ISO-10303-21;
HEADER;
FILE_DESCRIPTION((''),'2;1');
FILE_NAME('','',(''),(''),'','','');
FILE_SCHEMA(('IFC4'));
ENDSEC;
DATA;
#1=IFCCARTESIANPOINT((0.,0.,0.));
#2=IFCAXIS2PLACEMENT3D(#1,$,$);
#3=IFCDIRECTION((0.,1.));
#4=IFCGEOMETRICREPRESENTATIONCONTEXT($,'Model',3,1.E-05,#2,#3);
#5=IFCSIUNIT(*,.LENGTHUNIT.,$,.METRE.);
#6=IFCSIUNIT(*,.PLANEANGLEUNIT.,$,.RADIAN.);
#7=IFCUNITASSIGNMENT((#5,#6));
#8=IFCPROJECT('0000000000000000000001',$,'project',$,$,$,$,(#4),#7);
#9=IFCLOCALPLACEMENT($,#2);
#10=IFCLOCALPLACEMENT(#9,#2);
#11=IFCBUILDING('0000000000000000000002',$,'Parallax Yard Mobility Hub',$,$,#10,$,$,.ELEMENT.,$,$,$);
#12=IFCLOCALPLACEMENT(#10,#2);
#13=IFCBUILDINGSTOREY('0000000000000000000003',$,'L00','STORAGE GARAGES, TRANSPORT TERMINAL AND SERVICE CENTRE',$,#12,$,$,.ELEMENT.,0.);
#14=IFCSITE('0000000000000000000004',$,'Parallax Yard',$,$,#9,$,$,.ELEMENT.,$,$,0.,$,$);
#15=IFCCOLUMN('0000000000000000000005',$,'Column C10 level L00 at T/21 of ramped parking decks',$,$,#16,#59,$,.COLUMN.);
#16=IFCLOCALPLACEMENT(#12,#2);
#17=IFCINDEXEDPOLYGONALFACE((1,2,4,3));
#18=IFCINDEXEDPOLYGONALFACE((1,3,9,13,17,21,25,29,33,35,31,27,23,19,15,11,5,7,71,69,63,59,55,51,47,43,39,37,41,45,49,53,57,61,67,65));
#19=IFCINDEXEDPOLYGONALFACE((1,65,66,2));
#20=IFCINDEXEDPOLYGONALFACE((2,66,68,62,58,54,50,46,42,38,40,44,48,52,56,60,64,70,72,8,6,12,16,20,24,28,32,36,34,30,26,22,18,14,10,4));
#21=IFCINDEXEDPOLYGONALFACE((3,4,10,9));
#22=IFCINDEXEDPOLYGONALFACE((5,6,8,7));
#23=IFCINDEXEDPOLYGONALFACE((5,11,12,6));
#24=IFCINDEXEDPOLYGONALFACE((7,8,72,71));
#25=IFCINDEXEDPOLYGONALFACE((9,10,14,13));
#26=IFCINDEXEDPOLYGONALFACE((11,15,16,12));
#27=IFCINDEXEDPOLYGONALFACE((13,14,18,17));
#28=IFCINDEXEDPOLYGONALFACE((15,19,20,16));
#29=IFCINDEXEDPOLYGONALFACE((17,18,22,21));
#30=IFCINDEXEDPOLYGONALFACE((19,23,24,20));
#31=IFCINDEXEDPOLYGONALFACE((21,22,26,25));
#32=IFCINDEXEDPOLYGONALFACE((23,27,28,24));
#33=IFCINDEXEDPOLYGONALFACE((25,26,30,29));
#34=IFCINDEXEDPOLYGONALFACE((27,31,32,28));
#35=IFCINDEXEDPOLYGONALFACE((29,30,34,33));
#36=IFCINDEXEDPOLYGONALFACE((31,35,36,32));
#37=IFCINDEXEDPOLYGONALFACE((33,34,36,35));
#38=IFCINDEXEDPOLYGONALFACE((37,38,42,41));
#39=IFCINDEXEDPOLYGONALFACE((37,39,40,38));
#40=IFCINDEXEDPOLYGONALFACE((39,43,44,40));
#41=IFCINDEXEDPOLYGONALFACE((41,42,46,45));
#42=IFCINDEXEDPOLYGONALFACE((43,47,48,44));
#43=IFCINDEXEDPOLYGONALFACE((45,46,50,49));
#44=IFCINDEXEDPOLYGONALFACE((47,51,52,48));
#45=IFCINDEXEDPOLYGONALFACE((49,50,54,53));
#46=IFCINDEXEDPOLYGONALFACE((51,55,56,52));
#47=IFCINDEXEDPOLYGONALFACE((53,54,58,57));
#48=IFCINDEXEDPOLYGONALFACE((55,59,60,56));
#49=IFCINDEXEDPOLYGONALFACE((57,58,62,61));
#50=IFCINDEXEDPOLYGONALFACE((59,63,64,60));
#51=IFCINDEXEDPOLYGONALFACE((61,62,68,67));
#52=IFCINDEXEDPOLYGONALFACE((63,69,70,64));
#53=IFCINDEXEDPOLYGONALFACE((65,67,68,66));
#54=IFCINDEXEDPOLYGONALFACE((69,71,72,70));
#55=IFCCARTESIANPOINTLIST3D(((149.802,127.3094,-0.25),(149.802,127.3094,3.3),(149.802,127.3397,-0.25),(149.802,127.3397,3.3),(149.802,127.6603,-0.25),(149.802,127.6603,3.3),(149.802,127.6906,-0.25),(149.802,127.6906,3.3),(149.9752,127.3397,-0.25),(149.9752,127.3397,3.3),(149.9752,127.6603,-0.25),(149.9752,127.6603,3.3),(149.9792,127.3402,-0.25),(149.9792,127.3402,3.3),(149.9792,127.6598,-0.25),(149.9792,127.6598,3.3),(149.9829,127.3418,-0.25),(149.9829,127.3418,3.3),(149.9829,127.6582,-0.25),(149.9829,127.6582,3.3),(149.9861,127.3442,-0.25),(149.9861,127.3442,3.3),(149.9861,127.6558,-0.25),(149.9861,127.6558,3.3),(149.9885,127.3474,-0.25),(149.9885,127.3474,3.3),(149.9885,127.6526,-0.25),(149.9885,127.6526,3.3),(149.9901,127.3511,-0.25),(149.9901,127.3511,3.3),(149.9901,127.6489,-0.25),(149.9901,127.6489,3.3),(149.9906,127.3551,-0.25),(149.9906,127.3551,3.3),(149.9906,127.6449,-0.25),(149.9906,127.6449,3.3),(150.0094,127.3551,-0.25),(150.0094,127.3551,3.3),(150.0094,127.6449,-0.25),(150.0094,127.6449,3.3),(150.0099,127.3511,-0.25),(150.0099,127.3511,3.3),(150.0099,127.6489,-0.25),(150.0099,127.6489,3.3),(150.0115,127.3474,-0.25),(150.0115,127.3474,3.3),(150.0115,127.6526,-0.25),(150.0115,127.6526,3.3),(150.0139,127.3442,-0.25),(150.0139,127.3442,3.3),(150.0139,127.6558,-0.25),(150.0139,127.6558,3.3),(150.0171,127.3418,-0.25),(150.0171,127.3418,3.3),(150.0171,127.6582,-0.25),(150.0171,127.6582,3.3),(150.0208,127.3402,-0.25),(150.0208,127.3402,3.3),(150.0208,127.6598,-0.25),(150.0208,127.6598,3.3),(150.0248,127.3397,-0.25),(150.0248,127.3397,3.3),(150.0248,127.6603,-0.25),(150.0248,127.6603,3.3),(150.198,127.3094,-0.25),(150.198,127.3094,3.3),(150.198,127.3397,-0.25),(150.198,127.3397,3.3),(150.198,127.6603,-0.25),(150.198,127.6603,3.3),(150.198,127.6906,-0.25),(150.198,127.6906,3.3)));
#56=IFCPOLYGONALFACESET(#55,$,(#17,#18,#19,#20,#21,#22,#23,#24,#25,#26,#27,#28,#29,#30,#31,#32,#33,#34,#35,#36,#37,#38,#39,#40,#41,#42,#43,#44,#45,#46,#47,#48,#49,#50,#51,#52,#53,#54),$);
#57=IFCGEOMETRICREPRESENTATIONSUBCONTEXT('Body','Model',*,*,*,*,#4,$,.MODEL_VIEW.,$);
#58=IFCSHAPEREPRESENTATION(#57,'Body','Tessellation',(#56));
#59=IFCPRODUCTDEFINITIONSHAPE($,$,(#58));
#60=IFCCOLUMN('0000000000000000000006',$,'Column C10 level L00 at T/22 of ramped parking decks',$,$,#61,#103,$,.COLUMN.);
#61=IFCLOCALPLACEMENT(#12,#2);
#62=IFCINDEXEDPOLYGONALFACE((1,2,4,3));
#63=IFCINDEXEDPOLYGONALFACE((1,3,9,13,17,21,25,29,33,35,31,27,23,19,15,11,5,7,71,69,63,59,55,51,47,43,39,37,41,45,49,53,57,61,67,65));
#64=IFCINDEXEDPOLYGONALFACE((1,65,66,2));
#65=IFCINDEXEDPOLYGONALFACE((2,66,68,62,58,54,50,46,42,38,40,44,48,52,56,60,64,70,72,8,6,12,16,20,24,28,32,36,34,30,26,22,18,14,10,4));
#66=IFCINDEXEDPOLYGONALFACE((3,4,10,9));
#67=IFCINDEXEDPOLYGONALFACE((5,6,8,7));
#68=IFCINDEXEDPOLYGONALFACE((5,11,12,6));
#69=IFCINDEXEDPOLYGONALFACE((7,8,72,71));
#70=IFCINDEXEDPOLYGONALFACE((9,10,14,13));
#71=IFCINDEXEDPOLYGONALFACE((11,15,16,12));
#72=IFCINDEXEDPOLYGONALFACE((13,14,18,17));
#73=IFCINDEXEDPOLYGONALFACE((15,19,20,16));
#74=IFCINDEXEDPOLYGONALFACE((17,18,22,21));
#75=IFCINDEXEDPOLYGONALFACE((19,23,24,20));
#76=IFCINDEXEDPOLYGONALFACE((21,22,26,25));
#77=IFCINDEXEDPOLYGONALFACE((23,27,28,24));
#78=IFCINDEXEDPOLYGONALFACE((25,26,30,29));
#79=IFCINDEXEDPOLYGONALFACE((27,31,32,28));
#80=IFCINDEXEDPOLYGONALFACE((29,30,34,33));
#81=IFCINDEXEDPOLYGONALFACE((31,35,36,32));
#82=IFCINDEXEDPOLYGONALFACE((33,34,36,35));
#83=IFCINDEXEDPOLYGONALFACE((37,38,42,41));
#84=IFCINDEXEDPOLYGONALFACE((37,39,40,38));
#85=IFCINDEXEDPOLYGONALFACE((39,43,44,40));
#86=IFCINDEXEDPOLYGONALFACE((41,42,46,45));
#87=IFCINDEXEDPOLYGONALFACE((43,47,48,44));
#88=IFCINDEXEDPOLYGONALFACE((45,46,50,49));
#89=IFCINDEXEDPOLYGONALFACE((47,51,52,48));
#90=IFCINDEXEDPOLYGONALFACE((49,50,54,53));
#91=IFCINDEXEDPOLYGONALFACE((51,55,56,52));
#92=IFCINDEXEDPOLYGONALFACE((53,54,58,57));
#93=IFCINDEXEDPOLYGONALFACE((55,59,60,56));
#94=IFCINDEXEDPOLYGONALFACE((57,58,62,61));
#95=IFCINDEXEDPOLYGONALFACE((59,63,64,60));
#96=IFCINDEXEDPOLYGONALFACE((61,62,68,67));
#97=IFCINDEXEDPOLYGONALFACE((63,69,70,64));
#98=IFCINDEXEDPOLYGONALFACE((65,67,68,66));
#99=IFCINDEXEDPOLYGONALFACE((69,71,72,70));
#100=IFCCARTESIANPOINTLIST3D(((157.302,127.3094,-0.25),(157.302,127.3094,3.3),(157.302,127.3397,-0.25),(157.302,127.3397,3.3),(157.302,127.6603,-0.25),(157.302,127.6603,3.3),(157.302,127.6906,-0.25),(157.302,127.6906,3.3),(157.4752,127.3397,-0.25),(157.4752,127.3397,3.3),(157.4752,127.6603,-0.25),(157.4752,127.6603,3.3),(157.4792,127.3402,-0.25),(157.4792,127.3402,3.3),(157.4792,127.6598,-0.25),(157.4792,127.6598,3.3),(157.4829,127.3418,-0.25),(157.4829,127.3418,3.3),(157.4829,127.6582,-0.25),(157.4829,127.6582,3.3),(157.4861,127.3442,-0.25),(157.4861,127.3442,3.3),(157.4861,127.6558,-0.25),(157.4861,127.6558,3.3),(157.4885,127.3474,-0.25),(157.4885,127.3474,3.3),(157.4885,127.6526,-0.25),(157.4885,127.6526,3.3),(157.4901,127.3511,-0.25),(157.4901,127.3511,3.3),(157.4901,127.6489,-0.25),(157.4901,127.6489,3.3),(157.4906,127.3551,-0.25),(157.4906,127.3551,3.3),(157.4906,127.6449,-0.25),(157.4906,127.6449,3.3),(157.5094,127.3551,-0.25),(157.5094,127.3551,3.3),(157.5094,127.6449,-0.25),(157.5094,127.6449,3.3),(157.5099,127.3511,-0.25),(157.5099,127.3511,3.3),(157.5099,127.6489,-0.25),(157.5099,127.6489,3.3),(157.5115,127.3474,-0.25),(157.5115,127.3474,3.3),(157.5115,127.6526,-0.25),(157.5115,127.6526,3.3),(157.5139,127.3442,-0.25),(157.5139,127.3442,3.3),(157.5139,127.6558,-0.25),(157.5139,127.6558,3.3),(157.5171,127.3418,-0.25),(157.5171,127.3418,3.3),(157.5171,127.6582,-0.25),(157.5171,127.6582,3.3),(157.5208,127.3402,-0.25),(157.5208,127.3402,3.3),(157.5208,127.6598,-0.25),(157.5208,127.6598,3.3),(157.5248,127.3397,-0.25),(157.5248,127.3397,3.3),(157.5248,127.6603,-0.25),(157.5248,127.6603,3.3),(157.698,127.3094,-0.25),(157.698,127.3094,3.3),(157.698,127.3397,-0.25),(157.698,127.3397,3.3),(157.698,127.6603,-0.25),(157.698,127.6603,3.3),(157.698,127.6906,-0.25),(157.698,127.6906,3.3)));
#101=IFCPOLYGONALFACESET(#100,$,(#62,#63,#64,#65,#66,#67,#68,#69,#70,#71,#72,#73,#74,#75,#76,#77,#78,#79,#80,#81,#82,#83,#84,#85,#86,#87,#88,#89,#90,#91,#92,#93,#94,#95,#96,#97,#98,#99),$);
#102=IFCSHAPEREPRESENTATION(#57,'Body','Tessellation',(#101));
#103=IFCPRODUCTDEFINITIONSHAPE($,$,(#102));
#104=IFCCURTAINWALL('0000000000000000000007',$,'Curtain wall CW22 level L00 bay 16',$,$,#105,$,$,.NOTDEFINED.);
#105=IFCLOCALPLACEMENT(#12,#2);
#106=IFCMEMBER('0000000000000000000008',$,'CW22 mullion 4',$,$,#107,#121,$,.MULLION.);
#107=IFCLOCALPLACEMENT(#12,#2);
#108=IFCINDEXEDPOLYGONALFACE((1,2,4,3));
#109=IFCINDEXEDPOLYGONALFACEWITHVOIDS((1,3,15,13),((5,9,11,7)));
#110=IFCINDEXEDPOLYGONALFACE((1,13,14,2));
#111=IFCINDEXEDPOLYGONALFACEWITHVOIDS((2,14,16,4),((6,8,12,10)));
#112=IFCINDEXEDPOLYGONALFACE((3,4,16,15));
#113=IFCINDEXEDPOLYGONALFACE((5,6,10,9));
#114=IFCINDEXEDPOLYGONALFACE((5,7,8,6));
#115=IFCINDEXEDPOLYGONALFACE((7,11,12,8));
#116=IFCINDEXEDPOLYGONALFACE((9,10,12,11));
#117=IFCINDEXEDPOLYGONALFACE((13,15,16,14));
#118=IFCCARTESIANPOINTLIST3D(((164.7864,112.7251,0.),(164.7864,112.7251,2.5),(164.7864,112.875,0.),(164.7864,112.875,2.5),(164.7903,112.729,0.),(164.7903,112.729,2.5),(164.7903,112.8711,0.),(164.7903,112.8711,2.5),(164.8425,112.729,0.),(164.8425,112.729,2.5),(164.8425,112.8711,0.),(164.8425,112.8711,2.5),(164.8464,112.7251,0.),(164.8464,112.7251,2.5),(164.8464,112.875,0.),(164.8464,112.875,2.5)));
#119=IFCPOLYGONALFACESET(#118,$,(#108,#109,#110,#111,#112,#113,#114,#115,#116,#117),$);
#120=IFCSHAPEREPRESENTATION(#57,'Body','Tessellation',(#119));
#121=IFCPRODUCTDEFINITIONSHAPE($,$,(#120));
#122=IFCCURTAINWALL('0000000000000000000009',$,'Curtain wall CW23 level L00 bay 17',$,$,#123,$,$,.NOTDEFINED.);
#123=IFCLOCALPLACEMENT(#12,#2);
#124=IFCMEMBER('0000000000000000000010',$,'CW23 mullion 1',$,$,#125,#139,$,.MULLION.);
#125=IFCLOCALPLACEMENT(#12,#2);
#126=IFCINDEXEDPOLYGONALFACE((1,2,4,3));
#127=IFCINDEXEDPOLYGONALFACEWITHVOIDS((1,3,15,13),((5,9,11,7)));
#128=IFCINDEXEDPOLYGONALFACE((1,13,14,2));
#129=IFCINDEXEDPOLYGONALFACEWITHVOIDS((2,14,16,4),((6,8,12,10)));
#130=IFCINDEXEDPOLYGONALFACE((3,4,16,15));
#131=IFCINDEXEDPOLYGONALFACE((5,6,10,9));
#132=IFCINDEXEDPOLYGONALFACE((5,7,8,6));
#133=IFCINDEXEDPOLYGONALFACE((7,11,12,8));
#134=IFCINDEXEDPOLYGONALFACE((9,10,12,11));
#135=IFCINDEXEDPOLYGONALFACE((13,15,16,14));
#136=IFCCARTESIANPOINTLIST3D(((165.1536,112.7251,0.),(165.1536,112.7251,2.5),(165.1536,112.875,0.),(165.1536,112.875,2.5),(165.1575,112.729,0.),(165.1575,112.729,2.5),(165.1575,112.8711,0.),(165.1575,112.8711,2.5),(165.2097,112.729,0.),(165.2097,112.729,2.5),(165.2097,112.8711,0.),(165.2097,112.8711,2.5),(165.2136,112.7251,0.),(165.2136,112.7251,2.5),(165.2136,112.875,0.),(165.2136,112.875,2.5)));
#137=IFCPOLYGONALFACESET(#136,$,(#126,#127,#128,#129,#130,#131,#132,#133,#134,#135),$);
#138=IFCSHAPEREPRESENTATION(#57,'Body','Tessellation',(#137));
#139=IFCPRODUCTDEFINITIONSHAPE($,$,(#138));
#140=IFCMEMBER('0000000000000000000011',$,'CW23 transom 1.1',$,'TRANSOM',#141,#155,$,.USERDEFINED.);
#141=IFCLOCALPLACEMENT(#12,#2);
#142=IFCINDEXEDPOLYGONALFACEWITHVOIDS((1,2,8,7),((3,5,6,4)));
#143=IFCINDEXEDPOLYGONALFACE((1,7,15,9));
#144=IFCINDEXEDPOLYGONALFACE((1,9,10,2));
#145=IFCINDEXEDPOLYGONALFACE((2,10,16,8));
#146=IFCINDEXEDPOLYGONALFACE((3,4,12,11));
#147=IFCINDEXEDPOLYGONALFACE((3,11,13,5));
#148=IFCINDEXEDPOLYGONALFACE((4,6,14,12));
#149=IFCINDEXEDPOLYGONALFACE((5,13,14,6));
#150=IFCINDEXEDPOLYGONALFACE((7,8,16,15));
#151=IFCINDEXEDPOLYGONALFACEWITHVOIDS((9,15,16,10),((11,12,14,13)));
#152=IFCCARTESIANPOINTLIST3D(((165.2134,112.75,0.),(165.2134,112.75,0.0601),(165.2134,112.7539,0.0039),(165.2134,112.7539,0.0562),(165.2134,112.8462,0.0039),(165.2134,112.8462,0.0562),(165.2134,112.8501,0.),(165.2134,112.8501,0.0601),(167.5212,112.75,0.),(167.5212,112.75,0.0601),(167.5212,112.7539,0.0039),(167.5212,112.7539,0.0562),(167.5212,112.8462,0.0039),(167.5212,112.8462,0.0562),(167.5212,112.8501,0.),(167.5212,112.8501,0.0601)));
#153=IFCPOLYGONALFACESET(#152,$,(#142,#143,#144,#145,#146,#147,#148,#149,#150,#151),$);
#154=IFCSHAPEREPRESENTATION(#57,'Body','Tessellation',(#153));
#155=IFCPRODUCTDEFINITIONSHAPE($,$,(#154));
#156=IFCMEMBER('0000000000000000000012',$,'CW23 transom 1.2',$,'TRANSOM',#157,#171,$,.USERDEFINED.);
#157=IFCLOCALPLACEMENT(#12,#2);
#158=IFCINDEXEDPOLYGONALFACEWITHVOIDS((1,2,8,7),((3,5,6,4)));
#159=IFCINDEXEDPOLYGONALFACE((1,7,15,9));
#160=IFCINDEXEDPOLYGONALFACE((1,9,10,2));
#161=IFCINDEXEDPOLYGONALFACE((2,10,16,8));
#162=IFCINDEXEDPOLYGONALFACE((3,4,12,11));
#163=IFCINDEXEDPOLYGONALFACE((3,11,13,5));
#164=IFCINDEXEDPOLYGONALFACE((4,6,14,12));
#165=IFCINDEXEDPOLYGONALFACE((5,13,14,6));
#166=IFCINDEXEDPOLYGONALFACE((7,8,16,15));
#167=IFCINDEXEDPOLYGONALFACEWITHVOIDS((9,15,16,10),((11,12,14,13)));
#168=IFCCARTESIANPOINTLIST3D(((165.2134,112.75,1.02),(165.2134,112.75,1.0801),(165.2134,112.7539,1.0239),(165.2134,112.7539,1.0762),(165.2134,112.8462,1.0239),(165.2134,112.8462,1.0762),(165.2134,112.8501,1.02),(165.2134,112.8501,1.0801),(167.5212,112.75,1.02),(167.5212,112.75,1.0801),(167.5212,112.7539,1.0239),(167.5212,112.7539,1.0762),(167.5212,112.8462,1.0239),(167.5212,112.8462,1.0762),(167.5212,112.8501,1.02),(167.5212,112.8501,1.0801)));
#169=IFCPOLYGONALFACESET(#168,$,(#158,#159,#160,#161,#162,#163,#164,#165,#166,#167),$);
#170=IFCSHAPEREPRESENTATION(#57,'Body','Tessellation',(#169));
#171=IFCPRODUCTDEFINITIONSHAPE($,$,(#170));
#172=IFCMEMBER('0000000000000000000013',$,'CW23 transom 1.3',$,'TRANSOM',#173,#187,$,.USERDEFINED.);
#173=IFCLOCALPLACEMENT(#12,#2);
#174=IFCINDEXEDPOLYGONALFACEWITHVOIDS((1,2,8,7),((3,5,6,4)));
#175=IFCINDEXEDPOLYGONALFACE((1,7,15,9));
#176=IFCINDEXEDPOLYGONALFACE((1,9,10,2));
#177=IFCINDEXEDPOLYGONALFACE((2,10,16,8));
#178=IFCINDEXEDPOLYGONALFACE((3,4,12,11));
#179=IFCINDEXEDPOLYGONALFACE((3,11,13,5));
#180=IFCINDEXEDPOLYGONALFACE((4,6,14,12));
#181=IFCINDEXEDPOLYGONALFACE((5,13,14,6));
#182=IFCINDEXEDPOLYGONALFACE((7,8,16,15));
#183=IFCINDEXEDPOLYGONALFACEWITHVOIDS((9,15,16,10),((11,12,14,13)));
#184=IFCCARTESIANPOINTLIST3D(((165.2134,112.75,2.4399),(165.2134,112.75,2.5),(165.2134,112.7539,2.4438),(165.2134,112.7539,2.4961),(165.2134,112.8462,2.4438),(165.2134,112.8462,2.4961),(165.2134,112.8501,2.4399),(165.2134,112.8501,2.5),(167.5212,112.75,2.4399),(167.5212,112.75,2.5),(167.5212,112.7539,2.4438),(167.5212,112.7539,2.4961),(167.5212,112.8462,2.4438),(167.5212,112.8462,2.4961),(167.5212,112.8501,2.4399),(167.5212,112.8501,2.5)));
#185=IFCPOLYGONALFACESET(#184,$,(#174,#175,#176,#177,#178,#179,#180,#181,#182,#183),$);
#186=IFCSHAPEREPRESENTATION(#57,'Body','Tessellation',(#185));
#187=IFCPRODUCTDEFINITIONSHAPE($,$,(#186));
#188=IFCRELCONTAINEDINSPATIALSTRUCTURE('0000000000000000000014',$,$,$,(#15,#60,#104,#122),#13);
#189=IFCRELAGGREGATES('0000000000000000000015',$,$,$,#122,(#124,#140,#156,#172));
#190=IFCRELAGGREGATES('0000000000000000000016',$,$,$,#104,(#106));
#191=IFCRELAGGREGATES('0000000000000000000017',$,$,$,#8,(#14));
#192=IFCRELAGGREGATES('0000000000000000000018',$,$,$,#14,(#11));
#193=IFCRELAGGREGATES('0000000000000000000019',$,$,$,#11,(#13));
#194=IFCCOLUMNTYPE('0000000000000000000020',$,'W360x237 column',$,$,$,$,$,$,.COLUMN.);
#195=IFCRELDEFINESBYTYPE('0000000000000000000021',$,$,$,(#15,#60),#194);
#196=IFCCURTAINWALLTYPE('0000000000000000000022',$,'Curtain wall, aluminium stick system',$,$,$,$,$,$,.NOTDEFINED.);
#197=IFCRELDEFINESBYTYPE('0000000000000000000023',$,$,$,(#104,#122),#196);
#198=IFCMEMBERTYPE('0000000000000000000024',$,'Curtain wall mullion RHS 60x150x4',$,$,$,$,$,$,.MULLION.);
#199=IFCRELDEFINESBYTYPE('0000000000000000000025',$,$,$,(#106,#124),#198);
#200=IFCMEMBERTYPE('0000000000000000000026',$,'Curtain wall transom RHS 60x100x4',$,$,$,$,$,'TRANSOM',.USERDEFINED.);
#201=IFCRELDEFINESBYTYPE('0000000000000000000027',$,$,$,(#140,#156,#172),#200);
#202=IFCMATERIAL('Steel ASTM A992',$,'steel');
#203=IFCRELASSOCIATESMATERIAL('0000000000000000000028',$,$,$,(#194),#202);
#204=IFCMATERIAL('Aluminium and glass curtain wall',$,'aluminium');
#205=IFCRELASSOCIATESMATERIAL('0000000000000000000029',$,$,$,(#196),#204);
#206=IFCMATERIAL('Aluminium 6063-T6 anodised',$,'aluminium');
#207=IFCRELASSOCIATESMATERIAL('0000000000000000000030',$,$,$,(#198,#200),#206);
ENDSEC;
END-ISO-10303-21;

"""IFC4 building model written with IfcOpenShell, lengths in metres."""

from ifc_helpers import new_model, si_unit, direction, frame, origin, origin_2d, place, context, subcontext, project, spatial, hollow_rectangle, i_section, extrude, material, material_profile, profile_set, type_object, element, aggregate, save


model = new_model("IFC4")

# Units and contexts
model_context = context("Model", 3, precision=1e-05, world=origin(), true_north=direction((0.0, 1.0)))
body_context = subcontext(model_context, "Body", "Model", "MODEL_VIEW")
ifc_project = project(units=[si_unit("LENGTHUNIT", "METRE"), si_unit("PLANEANGLEUNIT", "RADIAN")], contexts=[model_context])

# Site, building, storey
site_placement = place(None, origin())
site = spatial("IfcSite", under=ifc_project, at=site_placement, Name="Parallax Yard", CompositionType="ELEMENT", RefElevation=0.0)
building_placement = place(site_placement, origin())
building = spatial("IfcBuilding", under=site, at=building_placement, Name="Parallax Yard Mobility Hub", CompositionType="ELEMENT")
storey_placement = place(building_placement, origin())
storey = spatial("IfcBuildingStorey", under=building, at=storey_placement, Name="L00", Description="STORAGE GARAGES, TRANSPORT TERMINAL AND SERVICE CENTRE", CompositionType="ELEMENT", Elevation=0.0)

# Columns
ifc_material_1 = material(Name="Steel ASTM A992", Category="steel")
ifc_material_profile_1 = material_profile(ifc_material_1, i_section(OverallWidth=0.396, OverallDepth=0.3811, WebThickness=0.0188, FlangeThickness=0.0303, FilletRadius=0.0154, at=origin_2d()), Name="W360x237")
ifc_profile_set_1 = profile_set([ifc_material_profile_1], Name="Steel ASTM A992")
column_type = type_object("IfcColumnType", Name="W360x237 column", PredefinedType="COLUMN", material=ifc_profile_set_1)
for number, where, z_axis, x_axis, name in (
    (1, (150.0, 127.5, -0.25), (0.0, 0.0, 1.0), (1.0, 0.0, 0.0), "Column C10 level L00 at T/21 of ramped parking decks"),
    (2, (157.5, 127.5, -0.25), (0.0, 0.0, 1.0), (1.0, 0.0, 0.0), "Column C10 level L00 at T/22 of ramped parking decks"),
):
    element("IfcColumn", number, at=place(storey_placement, frame(where, z_axis=z_axis, x_axis=x_axis)), inside=storey, type_object=column_type, Name=name, PredefinedType="COLUMN", context=body_context, shape_type="SweptSolid", body=[
        extrude(i_section(OverallWidth=0.396, OverallDepth=0.3811, WebThickness=0.0188, FlangeThickness=0.0303, FilletRadius=0.0154, at=origin_2d()), origin(), (0.0, 0.0, 1.0), 3.55),
    ])

# Curtain wall, member
ifc_material_2 = material(Name="Aluminium and glass curtain wall", Category="aluminium")
curtain_wall_type = type_object("IfcCurtainWallType", Name="Curtain wall, aluminium stick system", PredefinedType="NOTDEFINED", material=ifc_material_2)
curtain_wall_1_placement = place(storey_placement, origin())
curtain_wall_1 = element("IfcCurtainWall", 3, at=curtain_wall_1_placement, inside=storey, type_object=curtain_wall_type, Name="Curtain wall CW22 level L00 bay 16", PredefinedType="NOTDEFINED")
ifc_material_3 = material(Name="Aluminium 6063-T6 anodised", Category="aluminium")
ifc_material_profile_2 = material_profile(ifc_material_3, hollow_rectangle(XDim=0.1499, YDim=0.0601, WallThickness=0.0039, at=origin_2d()), Name="RHS 60x150x4")
ifc_profile_set_2 = profile_set([ifc_material_profile_2], Name="Aluminium 6063-T6 anodised")
member_type_1 = type_object("IfcMemberType", Name="Curtain wall mullion RHS 60x150x4", PredefinedType="MULLION", material=ifc_profile_set_2)
member_1_placement = place(storey_placement, frame((164.8164, 112.8, 0.0), z_axis=(0.0, 0.0, 1.0), x_axis=(0.0, 1.0, 0.0)))
member_1 = element("IfcMember", 4, at=member_1_placement, type_object=member_type_1, Name="CW22 mullion 4", PredefinedType="MULLION", context=body_context, shape_type="SweptSolid", body=[
    extrude(hollow_rectangle(XDim=0.1499, YDim=0.0601, WallThickness=0.0039, at=origin_2d()), origin(), (0.0, 0.0, 1.0), 2.5),
])

# Curtain wall, members
curtain_wall_2_placement = place(storey_placement, origin())
curtain_wall_2 = element("IfcCurtainWall", 5, at=curtain_wall_2_placement, inside=storey, type_object=curtain_wall_type, Name="Curtain wall CW23 level L00 bay 17", PredefinedType="NOTDEFINED")
member_2_placement = place(storey_placement, frame((165.1836, 112.8, 0.0), z_axis=(0.0, 0.0, 1.0), x_axis=(0.0, 1.0, 0.0)))
member_2 = element("IfcMember", 6, at=member_2_placement, type_object=member_type_1, Name="CW23 mullion 1", PredefinedType="MULLION", context=body_context, shape_type="SweptSolid", body=[
    extrude(hollow_rectangle(XDim=0.1499, YDim=0.0601, WallThickness=0.0039, at=origin_2d()), origin(), (0.0, 0.0, 1.0), 2.5),
])
ifc_material_profile_3 = material_profile(ifc_material_3, hollow_rectangle(XDim=0.1001, YDim=0.0601, WallThickness=0.0039, at=origin_2d()), Name="RHS 60x100x4")
ifc_profile_set_3 = profile_set([ifc_material_profile_3], Name="Aluminium 6063-T6 anodised")
member_type_2 = type_object("IfcMemberType", Name="Curtain wall transom RHS 60x100x4", ElementType="TRANSOM", PredefinedType="USERDEFINED", material=ifc_profile_set_3)
member_3_placement = place(storey_placement, frame((165.2134, 112.8, 0.03), z_axis=(1.0, 0.0, 0.0), x_axis=(0.0, 1.0, 0.0)))
member_3 = element("IfcMember", 7, at=member_3_placement, type_object=member_type_2, Name="CW23 transom 1.1", ObjectType="TRANSOM", PredefinedType="USERDEFINED", context=body_context, shape_type="SweptSolid", body=[
    extrude(hollow_rectangle(XDim=0.1001, YDim=0.0601, WallThickness=0.0039, at=origin_2d()), origin(), (0.0, 0.0, 1.0), 2.3079),
])
member_4_placement = place(storey_placement, frame((165.2134, 112.8, 1.05), z_axis=(1.0, 0.0, 0.0), x_axis=(0.0, 1.0, 0.0)))
member_4 = element("IfcMember", 8, at=member_4_placement, type_object=member_type_2, Name="CW23 transom 1.2", ObjectType="TRANSOM", PredefinedType="USERDEFINED", context=body_context, shape_type="SweptSolid", body=[
    extrude(hollow_rectangle(XDim=0.1001, YDim=0.0601, WallThickness=0.0039, at=origin_2d()), origin(), (0.0, 0.0, 1.0), 2.3079),
])
member_5_placement = place(storey_placement, frame((165.2134, 112.8, 2.47), z_axis=(1.0, 0.0, 0.0), x_axis=(0.0, 1.0, 0.0)))
member_5 = element("IfcMember", 9, at=member_5_placement, type_object=member_type_2, Name="CW23 transom 1.3", ObjectType="TRANSOM", PredefinedType="USERDEFINED", context=body_context, shape_type="SweptSolid", body=[
    extrude(hollow_rectangle(XDim=0.1001, YDim=0.0601, WallThickness=0.0039, at=origin_2d()), origin(), (0.0, 0.0, 1.0), 2.3079),
])
aggregate(curtain_wall_2, [member_2, member_3, member_4, member_5])

aggregate(curtain_wall_1, [member_1])

save(model, "model.ifc")
